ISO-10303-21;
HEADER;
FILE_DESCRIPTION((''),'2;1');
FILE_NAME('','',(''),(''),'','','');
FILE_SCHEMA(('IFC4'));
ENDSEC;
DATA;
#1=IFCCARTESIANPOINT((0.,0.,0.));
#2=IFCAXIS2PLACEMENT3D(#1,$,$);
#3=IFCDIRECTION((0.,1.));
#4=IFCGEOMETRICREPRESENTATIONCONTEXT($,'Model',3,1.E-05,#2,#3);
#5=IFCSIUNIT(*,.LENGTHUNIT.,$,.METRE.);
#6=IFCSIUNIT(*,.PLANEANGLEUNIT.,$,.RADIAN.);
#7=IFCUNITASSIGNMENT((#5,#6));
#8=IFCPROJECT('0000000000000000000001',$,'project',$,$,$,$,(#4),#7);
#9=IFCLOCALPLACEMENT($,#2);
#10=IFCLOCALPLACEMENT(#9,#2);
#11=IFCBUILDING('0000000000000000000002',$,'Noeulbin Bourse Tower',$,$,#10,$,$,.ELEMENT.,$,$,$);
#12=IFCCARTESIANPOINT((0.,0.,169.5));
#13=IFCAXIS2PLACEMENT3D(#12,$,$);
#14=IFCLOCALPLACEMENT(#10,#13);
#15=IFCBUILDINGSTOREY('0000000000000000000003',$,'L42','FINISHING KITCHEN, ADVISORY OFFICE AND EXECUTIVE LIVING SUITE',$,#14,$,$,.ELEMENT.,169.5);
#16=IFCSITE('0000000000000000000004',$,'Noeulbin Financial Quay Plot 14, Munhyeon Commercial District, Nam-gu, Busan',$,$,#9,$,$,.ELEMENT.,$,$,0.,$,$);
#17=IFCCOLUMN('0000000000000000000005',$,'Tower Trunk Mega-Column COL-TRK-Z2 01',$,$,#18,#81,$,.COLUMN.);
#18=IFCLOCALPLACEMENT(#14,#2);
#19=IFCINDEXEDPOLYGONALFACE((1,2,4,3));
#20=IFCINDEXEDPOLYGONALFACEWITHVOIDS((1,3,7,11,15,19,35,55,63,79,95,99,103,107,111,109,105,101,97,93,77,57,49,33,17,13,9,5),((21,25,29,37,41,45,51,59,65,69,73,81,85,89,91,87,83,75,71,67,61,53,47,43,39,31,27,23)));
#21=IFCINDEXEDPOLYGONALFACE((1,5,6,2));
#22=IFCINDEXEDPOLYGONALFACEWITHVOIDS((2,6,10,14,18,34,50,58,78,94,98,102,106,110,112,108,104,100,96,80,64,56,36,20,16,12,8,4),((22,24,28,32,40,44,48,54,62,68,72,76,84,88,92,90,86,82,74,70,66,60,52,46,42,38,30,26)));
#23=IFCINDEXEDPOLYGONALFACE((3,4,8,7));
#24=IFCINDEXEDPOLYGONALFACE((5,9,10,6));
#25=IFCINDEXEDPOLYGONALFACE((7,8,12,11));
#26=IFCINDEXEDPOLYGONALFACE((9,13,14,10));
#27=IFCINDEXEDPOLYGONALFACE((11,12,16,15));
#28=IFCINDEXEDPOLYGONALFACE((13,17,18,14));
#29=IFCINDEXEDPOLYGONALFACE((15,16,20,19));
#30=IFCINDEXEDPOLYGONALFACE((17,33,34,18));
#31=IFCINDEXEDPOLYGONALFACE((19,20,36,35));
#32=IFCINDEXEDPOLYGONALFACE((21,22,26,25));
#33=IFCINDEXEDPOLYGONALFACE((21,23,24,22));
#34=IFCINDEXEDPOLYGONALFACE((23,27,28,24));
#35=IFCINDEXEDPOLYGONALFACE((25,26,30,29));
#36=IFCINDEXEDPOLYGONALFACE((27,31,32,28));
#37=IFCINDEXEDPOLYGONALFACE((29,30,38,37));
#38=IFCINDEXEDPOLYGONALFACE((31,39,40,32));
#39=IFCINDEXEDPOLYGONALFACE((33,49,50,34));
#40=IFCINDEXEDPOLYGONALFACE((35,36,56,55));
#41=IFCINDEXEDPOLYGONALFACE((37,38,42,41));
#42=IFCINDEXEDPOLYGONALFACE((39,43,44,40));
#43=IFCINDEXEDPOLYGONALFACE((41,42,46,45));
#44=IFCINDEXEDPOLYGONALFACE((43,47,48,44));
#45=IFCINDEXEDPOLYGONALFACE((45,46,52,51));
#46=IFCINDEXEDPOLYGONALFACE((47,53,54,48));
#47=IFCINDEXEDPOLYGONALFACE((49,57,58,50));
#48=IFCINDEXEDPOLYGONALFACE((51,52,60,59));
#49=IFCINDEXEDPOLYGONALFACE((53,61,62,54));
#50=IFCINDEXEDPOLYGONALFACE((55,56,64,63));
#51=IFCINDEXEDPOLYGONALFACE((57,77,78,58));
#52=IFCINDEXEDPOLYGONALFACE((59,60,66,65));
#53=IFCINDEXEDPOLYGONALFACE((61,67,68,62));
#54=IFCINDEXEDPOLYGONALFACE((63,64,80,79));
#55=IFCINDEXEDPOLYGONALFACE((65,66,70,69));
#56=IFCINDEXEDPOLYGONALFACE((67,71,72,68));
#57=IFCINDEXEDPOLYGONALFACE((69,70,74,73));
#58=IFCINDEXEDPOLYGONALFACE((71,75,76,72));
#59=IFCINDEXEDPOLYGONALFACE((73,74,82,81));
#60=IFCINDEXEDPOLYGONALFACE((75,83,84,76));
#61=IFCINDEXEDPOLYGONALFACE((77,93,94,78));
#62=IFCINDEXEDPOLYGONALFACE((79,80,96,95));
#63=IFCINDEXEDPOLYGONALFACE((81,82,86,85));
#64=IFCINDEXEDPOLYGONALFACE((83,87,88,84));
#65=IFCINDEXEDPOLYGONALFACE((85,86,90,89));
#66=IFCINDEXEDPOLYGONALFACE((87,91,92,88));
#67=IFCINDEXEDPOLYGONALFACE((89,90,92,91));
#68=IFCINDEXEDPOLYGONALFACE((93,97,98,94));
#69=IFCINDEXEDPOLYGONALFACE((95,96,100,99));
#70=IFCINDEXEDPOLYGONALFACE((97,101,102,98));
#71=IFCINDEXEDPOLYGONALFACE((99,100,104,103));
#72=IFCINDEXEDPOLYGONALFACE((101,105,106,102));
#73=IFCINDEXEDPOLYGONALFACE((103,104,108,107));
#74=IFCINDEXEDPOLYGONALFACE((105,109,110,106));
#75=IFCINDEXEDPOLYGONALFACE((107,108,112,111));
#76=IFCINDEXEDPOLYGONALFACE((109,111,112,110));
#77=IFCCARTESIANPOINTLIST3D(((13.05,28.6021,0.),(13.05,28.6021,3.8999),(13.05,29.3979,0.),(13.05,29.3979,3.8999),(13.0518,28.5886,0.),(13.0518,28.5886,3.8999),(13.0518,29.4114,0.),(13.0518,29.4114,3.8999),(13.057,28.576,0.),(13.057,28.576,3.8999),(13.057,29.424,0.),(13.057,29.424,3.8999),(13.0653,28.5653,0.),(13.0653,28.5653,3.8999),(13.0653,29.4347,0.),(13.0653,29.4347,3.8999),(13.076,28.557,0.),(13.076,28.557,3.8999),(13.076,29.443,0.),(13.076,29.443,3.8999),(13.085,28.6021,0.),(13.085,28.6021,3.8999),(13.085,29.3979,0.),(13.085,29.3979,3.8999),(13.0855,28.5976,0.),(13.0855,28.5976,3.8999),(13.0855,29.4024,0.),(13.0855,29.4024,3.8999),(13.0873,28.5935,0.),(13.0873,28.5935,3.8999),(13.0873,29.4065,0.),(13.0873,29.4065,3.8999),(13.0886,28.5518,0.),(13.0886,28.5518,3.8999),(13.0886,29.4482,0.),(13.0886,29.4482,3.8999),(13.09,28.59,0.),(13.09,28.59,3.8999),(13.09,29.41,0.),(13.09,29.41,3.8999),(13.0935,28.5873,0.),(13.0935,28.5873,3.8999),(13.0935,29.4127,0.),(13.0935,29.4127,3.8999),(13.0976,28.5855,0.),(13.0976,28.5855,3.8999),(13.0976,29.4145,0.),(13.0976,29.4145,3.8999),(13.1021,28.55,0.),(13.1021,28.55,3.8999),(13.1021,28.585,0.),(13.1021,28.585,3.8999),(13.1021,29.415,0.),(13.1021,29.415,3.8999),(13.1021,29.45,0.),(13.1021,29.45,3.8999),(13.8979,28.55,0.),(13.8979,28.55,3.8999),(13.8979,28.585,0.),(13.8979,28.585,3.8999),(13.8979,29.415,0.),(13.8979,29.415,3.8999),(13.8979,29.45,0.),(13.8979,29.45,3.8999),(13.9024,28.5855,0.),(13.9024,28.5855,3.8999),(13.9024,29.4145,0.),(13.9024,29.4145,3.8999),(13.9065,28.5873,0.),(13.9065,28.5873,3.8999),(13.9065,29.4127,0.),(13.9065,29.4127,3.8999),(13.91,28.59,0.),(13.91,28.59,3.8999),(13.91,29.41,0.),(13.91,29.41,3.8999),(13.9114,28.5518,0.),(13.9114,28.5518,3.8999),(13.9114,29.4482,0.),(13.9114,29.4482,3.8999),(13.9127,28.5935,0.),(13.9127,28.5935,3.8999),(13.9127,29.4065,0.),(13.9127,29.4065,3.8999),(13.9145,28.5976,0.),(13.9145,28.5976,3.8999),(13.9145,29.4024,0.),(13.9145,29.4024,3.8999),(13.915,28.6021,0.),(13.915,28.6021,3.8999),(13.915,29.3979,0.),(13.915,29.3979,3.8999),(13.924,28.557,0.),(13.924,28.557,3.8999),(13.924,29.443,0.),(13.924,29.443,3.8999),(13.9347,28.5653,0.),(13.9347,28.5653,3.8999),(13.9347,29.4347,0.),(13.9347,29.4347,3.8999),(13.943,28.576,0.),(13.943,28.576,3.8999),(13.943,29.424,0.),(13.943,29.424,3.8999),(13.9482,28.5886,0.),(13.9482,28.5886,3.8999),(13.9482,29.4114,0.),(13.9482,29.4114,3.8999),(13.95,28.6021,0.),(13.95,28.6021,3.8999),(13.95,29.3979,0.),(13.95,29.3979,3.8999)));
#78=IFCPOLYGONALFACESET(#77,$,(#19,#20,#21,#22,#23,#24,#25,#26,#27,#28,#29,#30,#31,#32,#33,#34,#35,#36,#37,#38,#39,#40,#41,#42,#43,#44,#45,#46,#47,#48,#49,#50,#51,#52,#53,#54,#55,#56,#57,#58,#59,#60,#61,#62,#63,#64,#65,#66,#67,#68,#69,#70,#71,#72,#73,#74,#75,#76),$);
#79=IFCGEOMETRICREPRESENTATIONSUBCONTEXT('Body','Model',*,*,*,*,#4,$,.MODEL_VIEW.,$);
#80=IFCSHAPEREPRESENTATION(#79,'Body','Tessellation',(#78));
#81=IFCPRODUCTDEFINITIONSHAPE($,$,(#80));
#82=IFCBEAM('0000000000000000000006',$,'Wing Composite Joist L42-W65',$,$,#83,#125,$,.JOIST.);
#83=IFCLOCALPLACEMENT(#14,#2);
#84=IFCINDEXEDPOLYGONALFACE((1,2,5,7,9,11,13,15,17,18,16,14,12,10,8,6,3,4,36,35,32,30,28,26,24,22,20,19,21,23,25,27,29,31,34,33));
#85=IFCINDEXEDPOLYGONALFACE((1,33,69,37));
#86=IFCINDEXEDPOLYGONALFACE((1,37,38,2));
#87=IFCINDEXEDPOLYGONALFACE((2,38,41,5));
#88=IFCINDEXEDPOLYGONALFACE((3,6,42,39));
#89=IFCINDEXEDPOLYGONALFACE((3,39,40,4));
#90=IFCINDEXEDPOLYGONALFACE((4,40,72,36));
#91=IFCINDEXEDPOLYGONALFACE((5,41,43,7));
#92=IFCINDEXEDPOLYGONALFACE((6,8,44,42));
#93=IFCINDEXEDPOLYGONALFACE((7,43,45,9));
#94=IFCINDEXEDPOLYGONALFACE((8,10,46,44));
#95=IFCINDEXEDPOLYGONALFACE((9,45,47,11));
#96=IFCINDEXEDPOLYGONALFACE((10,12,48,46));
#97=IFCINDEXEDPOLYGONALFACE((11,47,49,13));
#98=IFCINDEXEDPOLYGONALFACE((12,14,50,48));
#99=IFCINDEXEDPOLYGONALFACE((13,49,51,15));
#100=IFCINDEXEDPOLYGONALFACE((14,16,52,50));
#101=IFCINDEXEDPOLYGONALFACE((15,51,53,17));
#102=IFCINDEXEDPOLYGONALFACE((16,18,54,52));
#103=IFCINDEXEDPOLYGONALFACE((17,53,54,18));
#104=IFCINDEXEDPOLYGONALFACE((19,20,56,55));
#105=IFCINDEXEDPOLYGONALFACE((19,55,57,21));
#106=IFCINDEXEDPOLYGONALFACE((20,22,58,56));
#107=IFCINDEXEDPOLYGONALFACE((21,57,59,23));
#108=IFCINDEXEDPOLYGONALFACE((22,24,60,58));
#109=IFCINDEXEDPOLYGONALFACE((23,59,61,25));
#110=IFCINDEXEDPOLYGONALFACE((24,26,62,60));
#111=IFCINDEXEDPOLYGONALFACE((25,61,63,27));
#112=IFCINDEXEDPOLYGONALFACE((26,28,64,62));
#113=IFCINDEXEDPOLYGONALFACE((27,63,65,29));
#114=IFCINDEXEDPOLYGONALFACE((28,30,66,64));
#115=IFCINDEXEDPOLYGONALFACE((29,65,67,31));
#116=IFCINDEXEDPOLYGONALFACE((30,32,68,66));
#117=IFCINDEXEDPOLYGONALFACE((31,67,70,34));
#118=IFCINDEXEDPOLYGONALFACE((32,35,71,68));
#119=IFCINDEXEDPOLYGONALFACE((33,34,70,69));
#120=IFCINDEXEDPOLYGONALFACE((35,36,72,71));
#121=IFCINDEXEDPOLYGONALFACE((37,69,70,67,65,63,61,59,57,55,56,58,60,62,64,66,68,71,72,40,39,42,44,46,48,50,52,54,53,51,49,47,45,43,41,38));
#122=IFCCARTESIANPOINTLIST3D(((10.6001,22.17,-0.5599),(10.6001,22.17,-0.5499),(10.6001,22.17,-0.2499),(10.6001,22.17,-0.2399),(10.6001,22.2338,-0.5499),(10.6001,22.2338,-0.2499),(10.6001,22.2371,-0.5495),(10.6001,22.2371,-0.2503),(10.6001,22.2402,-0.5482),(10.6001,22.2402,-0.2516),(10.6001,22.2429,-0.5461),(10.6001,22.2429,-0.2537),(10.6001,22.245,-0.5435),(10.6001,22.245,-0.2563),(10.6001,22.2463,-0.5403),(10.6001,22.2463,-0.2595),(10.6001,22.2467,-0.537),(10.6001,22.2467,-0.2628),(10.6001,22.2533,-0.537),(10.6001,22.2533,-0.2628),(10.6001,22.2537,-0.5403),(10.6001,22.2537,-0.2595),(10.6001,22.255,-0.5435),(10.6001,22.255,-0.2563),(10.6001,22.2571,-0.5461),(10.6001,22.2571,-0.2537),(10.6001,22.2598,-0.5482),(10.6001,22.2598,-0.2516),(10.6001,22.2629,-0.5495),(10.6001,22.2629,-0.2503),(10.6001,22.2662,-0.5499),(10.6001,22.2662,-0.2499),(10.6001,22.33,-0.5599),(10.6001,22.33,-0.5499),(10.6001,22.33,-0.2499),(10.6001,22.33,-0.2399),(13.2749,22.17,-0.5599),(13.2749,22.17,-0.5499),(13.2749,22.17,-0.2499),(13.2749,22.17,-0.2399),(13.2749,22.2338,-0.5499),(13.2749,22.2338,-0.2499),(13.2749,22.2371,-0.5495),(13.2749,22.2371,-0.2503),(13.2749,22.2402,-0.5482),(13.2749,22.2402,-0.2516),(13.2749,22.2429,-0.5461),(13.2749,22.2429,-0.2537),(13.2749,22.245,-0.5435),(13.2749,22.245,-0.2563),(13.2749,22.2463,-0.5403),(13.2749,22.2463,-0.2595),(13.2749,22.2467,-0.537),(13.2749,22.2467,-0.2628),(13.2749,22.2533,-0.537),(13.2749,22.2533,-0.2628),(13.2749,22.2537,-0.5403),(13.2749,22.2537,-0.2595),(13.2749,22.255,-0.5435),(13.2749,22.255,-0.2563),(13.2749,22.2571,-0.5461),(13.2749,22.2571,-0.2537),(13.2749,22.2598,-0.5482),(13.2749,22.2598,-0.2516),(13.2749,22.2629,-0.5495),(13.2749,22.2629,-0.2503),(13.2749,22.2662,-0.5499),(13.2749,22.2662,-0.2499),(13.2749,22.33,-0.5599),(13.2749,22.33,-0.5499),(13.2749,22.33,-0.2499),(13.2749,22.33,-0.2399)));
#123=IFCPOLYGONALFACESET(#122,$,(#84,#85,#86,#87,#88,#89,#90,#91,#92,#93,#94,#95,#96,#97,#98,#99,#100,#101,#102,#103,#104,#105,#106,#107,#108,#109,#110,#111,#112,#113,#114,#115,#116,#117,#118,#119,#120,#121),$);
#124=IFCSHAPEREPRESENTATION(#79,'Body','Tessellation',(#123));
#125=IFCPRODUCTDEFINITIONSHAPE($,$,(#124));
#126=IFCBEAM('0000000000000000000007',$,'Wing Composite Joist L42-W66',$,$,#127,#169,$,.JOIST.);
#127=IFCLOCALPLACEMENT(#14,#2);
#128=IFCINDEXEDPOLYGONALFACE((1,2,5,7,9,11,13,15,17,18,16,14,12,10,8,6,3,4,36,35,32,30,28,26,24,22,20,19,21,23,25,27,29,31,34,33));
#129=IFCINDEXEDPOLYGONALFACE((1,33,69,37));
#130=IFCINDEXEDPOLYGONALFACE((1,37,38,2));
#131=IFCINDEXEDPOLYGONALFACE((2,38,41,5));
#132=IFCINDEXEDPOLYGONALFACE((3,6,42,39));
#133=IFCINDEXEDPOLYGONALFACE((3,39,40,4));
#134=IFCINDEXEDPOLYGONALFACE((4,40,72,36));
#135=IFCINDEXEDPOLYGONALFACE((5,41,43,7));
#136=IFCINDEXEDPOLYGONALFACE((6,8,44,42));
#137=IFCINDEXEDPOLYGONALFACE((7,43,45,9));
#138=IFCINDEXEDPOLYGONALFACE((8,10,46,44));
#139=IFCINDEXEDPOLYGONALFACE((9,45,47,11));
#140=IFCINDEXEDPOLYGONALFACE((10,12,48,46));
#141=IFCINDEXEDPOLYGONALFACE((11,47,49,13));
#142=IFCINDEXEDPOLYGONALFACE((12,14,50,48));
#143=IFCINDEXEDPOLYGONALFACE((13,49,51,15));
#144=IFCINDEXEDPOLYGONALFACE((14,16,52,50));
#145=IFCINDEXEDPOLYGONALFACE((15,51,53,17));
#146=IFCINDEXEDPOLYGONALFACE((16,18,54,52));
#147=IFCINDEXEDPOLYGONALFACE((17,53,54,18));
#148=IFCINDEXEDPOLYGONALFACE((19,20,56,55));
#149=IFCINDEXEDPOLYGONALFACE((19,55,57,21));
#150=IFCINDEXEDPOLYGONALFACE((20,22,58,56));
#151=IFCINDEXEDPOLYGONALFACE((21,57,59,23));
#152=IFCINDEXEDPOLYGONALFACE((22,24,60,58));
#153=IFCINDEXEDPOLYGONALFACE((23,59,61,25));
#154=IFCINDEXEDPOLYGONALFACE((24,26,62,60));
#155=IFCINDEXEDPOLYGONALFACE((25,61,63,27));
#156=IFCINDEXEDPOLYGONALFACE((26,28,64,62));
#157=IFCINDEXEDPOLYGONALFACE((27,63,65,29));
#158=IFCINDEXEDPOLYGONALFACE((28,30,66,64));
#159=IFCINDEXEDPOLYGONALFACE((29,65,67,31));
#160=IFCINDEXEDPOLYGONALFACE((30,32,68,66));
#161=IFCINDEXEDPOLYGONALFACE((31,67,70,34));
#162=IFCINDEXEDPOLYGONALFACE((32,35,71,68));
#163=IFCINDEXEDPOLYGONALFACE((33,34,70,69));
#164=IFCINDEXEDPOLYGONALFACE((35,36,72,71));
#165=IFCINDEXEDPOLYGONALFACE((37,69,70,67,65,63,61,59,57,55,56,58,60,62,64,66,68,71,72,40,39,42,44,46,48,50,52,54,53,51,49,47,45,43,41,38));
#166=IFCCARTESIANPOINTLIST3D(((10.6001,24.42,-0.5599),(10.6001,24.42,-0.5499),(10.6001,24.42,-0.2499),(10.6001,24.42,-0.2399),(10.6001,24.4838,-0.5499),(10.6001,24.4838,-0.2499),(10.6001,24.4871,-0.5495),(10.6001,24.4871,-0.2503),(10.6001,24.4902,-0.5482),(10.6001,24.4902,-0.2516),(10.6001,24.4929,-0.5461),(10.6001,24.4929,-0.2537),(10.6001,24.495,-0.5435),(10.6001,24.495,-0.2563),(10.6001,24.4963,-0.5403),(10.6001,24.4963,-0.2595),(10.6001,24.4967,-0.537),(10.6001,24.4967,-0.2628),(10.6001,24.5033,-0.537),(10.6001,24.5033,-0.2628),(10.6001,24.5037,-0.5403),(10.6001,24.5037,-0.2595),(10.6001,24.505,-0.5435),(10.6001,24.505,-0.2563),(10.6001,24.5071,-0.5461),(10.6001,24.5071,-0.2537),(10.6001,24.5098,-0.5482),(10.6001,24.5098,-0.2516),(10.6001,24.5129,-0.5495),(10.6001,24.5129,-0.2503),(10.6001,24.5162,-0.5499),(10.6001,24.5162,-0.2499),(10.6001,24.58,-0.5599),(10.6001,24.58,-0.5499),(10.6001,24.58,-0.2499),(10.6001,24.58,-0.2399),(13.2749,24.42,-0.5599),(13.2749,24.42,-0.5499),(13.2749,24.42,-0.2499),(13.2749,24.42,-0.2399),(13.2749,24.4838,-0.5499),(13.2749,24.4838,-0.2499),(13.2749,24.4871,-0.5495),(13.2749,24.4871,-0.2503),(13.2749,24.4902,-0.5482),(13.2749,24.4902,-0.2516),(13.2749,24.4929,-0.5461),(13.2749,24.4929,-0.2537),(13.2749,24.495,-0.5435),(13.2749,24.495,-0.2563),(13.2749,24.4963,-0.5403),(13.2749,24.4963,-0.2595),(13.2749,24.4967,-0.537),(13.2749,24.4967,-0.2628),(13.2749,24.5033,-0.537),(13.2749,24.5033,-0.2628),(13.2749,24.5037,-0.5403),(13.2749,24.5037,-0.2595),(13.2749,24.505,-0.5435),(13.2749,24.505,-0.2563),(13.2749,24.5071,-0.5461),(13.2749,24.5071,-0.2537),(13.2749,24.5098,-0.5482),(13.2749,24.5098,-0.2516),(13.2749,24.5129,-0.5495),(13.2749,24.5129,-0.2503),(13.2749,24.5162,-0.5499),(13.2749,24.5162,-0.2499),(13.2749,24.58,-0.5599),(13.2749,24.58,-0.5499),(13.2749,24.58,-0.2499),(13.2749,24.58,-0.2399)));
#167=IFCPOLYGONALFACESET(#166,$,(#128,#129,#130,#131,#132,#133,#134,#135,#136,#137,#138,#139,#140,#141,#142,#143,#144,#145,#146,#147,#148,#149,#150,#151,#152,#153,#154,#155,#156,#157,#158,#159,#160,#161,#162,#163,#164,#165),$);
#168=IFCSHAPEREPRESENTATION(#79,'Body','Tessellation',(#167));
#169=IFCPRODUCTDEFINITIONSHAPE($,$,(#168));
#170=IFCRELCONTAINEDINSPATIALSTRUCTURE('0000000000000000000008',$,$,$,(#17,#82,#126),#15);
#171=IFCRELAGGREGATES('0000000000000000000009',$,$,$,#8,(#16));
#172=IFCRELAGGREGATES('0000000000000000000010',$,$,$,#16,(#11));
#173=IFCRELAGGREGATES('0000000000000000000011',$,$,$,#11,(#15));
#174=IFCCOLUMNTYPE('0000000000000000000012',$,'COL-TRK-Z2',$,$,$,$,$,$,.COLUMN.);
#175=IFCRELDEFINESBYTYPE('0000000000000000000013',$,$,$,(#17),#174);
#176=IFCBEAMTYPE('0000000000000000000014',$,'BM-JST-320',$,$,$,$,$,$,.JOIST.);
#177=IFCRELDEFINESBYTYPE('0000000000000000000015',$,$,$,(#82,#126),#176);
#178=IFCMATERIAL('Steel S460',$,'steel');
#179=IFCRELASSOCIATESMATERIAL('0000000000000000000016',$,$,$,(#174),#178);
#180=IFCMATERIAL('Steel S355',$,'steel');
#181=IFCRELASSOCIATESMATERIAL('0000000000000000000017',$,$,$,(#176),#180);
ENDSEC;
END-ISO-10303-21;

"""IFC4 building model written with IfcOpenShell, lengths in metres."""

from ifc_helpers import new_model, si_unit, direction, frame, origin, origin_2d, place, context, subcontext, project, spatial, hollow_rectangle, i_section, extrude, material, material_profile, profile_set, type_object, element, save


model = new_model("IFC4")

# Units and contexts
model_context = context("Model", 3, precision=1e-05, world=origin(), true_north=direction((0.0, 1.0)))
body_context = subcontext(model_context, "Body", "Model", "MODEL_VIEW")
ifc_project = project(units=[si_unit("LENGTHUNIT", "METRE"), si_unit("PLANEANGLEUNIT", "RADIAN")], contexts=[model_context])

# Site, building, storey
site_placement = place(None, origin())
site = spatial("IfcSite", under=ifc_project, at=site_placement, Name="Noeulbin Financial Quay Plot 14, Munhyeon Commercial District, Nam-gu, Busan", CompositionType="ELEMENT", RefElevation=0.0)
building_placement = place(site_placement, origin())
building = spatial("IfcBuilding", under=site, at=building_placement, Name="Noeulbin Bourse Tower", CompositionType="ELEMENT")
storey_placement = place(building_placement, frame((0.0, 0.0, 169.5)))
storey = spatial("IfcBuildingStorey", under=building, at=storey_placement, Name="L42", Description="FINISHING KITCHEN, ADVISORY OFFICE AND EXECUTIVE LIVING SUITE", CompositionType="ELEMENT", Elevation=169.5)

# Column
ifc_material_1 = material(Name="Steel S460", Category="steel")
ifc_material_profile_1 = material_profile(ifc_material_1, hollow_rectangle(XDim=0.8999, YDim=0.8999, WallThickness=0.0349, InnerFilletRadius=0.0171, OuterFilletRadius=0.052, at=origin_2d()), Name="BOX-900x900x35", Category="LoadBearing")
ifc_profile_set_1 = profile_set([ifc_material_profile_1], Name="Steel S460")
column_type = type_object("IfcColumnType", Name="COL-TRK-Z2", PredefinedType="COLUMN", material=ifc_profile_set_1)
column_placement = place(storey_placement, frame((13.5, 29.0, 0.0), z_axis=(0.0, 0.0, 1.0), x_axis=(1.0, 0.0, 0.0)))
element("IfcColumn", 1, at=column_placement, inside=storey, type_object=column_type, Name="Tower Trunk Mega-Column COL-TRK-Z2 01", PredefinedType="COLUMN", context=body_context, shape_type="SweptSolid", body=[
    extrude(hollow_rectangle(XDim=0.8999, YDim=0.8999, WallThickness=0.0349, InnerFilletRadius=0.0171, OuterFilletRadius=0.052, at=origin_2d()), origin(), (0.0, 0.0, 1.0), 3.8999),
])

# Beams
ifc_material_2 = material(Name="Steel S355", Category="steel")
ifc_material_profile_2 = material_profile(ifc_material_2, i_section(OverallWidth=0.1599, OverallDepth=0.3201, WebThickness=0.0066, FlangeThickness=0.01, FilletRadius=0.0129, at=origin_2d()), Name="H-320x160x6.5x10", Category="LoadBearing")
ifc_profile_set_2 = profile_set([ifc_material_profile_2], Name="Steel S355")
beam_type_1 = type_object("IfcBeamType", Name="BM-JST-320", PredefinedType="JOIST", material=ifc_profile_set_2)
for number, where, z_axis, x_axis, name in (
    (2, (10.6001, 22.25, -0.3999), (1.0, 0.0, 0.0), (0.0, 1.0, 0.0), "Wing Composite Joist L42-W65"),
    (3, (10.6001, 24.5, -0.3999), (1.0, 0.0, 0.0), (0.0, 1.0, 0.0), "Wing Composite Joist L42-W66"),
):
    element("IfcBeam", number, at=place(storey_placement, frame(where, z_axis=z_axis, x_axis=x_axis)), inside=storey, type_object=beam_type_1, Name=name, PredefinedType="JOIST", context=body_context, shape_type="SweptSolid", body=[
        extrude(i_section(OverallWidth=0.1599, OverallDepth=0.3201, WebThickness=0.0066, FlangeThickness=0.01, FilletRadius=0.0129, at=origin_2d()), origin(), (0.0, 0.0, 1.0), 2.6748),
    ])

save(model, "model.ifc")
